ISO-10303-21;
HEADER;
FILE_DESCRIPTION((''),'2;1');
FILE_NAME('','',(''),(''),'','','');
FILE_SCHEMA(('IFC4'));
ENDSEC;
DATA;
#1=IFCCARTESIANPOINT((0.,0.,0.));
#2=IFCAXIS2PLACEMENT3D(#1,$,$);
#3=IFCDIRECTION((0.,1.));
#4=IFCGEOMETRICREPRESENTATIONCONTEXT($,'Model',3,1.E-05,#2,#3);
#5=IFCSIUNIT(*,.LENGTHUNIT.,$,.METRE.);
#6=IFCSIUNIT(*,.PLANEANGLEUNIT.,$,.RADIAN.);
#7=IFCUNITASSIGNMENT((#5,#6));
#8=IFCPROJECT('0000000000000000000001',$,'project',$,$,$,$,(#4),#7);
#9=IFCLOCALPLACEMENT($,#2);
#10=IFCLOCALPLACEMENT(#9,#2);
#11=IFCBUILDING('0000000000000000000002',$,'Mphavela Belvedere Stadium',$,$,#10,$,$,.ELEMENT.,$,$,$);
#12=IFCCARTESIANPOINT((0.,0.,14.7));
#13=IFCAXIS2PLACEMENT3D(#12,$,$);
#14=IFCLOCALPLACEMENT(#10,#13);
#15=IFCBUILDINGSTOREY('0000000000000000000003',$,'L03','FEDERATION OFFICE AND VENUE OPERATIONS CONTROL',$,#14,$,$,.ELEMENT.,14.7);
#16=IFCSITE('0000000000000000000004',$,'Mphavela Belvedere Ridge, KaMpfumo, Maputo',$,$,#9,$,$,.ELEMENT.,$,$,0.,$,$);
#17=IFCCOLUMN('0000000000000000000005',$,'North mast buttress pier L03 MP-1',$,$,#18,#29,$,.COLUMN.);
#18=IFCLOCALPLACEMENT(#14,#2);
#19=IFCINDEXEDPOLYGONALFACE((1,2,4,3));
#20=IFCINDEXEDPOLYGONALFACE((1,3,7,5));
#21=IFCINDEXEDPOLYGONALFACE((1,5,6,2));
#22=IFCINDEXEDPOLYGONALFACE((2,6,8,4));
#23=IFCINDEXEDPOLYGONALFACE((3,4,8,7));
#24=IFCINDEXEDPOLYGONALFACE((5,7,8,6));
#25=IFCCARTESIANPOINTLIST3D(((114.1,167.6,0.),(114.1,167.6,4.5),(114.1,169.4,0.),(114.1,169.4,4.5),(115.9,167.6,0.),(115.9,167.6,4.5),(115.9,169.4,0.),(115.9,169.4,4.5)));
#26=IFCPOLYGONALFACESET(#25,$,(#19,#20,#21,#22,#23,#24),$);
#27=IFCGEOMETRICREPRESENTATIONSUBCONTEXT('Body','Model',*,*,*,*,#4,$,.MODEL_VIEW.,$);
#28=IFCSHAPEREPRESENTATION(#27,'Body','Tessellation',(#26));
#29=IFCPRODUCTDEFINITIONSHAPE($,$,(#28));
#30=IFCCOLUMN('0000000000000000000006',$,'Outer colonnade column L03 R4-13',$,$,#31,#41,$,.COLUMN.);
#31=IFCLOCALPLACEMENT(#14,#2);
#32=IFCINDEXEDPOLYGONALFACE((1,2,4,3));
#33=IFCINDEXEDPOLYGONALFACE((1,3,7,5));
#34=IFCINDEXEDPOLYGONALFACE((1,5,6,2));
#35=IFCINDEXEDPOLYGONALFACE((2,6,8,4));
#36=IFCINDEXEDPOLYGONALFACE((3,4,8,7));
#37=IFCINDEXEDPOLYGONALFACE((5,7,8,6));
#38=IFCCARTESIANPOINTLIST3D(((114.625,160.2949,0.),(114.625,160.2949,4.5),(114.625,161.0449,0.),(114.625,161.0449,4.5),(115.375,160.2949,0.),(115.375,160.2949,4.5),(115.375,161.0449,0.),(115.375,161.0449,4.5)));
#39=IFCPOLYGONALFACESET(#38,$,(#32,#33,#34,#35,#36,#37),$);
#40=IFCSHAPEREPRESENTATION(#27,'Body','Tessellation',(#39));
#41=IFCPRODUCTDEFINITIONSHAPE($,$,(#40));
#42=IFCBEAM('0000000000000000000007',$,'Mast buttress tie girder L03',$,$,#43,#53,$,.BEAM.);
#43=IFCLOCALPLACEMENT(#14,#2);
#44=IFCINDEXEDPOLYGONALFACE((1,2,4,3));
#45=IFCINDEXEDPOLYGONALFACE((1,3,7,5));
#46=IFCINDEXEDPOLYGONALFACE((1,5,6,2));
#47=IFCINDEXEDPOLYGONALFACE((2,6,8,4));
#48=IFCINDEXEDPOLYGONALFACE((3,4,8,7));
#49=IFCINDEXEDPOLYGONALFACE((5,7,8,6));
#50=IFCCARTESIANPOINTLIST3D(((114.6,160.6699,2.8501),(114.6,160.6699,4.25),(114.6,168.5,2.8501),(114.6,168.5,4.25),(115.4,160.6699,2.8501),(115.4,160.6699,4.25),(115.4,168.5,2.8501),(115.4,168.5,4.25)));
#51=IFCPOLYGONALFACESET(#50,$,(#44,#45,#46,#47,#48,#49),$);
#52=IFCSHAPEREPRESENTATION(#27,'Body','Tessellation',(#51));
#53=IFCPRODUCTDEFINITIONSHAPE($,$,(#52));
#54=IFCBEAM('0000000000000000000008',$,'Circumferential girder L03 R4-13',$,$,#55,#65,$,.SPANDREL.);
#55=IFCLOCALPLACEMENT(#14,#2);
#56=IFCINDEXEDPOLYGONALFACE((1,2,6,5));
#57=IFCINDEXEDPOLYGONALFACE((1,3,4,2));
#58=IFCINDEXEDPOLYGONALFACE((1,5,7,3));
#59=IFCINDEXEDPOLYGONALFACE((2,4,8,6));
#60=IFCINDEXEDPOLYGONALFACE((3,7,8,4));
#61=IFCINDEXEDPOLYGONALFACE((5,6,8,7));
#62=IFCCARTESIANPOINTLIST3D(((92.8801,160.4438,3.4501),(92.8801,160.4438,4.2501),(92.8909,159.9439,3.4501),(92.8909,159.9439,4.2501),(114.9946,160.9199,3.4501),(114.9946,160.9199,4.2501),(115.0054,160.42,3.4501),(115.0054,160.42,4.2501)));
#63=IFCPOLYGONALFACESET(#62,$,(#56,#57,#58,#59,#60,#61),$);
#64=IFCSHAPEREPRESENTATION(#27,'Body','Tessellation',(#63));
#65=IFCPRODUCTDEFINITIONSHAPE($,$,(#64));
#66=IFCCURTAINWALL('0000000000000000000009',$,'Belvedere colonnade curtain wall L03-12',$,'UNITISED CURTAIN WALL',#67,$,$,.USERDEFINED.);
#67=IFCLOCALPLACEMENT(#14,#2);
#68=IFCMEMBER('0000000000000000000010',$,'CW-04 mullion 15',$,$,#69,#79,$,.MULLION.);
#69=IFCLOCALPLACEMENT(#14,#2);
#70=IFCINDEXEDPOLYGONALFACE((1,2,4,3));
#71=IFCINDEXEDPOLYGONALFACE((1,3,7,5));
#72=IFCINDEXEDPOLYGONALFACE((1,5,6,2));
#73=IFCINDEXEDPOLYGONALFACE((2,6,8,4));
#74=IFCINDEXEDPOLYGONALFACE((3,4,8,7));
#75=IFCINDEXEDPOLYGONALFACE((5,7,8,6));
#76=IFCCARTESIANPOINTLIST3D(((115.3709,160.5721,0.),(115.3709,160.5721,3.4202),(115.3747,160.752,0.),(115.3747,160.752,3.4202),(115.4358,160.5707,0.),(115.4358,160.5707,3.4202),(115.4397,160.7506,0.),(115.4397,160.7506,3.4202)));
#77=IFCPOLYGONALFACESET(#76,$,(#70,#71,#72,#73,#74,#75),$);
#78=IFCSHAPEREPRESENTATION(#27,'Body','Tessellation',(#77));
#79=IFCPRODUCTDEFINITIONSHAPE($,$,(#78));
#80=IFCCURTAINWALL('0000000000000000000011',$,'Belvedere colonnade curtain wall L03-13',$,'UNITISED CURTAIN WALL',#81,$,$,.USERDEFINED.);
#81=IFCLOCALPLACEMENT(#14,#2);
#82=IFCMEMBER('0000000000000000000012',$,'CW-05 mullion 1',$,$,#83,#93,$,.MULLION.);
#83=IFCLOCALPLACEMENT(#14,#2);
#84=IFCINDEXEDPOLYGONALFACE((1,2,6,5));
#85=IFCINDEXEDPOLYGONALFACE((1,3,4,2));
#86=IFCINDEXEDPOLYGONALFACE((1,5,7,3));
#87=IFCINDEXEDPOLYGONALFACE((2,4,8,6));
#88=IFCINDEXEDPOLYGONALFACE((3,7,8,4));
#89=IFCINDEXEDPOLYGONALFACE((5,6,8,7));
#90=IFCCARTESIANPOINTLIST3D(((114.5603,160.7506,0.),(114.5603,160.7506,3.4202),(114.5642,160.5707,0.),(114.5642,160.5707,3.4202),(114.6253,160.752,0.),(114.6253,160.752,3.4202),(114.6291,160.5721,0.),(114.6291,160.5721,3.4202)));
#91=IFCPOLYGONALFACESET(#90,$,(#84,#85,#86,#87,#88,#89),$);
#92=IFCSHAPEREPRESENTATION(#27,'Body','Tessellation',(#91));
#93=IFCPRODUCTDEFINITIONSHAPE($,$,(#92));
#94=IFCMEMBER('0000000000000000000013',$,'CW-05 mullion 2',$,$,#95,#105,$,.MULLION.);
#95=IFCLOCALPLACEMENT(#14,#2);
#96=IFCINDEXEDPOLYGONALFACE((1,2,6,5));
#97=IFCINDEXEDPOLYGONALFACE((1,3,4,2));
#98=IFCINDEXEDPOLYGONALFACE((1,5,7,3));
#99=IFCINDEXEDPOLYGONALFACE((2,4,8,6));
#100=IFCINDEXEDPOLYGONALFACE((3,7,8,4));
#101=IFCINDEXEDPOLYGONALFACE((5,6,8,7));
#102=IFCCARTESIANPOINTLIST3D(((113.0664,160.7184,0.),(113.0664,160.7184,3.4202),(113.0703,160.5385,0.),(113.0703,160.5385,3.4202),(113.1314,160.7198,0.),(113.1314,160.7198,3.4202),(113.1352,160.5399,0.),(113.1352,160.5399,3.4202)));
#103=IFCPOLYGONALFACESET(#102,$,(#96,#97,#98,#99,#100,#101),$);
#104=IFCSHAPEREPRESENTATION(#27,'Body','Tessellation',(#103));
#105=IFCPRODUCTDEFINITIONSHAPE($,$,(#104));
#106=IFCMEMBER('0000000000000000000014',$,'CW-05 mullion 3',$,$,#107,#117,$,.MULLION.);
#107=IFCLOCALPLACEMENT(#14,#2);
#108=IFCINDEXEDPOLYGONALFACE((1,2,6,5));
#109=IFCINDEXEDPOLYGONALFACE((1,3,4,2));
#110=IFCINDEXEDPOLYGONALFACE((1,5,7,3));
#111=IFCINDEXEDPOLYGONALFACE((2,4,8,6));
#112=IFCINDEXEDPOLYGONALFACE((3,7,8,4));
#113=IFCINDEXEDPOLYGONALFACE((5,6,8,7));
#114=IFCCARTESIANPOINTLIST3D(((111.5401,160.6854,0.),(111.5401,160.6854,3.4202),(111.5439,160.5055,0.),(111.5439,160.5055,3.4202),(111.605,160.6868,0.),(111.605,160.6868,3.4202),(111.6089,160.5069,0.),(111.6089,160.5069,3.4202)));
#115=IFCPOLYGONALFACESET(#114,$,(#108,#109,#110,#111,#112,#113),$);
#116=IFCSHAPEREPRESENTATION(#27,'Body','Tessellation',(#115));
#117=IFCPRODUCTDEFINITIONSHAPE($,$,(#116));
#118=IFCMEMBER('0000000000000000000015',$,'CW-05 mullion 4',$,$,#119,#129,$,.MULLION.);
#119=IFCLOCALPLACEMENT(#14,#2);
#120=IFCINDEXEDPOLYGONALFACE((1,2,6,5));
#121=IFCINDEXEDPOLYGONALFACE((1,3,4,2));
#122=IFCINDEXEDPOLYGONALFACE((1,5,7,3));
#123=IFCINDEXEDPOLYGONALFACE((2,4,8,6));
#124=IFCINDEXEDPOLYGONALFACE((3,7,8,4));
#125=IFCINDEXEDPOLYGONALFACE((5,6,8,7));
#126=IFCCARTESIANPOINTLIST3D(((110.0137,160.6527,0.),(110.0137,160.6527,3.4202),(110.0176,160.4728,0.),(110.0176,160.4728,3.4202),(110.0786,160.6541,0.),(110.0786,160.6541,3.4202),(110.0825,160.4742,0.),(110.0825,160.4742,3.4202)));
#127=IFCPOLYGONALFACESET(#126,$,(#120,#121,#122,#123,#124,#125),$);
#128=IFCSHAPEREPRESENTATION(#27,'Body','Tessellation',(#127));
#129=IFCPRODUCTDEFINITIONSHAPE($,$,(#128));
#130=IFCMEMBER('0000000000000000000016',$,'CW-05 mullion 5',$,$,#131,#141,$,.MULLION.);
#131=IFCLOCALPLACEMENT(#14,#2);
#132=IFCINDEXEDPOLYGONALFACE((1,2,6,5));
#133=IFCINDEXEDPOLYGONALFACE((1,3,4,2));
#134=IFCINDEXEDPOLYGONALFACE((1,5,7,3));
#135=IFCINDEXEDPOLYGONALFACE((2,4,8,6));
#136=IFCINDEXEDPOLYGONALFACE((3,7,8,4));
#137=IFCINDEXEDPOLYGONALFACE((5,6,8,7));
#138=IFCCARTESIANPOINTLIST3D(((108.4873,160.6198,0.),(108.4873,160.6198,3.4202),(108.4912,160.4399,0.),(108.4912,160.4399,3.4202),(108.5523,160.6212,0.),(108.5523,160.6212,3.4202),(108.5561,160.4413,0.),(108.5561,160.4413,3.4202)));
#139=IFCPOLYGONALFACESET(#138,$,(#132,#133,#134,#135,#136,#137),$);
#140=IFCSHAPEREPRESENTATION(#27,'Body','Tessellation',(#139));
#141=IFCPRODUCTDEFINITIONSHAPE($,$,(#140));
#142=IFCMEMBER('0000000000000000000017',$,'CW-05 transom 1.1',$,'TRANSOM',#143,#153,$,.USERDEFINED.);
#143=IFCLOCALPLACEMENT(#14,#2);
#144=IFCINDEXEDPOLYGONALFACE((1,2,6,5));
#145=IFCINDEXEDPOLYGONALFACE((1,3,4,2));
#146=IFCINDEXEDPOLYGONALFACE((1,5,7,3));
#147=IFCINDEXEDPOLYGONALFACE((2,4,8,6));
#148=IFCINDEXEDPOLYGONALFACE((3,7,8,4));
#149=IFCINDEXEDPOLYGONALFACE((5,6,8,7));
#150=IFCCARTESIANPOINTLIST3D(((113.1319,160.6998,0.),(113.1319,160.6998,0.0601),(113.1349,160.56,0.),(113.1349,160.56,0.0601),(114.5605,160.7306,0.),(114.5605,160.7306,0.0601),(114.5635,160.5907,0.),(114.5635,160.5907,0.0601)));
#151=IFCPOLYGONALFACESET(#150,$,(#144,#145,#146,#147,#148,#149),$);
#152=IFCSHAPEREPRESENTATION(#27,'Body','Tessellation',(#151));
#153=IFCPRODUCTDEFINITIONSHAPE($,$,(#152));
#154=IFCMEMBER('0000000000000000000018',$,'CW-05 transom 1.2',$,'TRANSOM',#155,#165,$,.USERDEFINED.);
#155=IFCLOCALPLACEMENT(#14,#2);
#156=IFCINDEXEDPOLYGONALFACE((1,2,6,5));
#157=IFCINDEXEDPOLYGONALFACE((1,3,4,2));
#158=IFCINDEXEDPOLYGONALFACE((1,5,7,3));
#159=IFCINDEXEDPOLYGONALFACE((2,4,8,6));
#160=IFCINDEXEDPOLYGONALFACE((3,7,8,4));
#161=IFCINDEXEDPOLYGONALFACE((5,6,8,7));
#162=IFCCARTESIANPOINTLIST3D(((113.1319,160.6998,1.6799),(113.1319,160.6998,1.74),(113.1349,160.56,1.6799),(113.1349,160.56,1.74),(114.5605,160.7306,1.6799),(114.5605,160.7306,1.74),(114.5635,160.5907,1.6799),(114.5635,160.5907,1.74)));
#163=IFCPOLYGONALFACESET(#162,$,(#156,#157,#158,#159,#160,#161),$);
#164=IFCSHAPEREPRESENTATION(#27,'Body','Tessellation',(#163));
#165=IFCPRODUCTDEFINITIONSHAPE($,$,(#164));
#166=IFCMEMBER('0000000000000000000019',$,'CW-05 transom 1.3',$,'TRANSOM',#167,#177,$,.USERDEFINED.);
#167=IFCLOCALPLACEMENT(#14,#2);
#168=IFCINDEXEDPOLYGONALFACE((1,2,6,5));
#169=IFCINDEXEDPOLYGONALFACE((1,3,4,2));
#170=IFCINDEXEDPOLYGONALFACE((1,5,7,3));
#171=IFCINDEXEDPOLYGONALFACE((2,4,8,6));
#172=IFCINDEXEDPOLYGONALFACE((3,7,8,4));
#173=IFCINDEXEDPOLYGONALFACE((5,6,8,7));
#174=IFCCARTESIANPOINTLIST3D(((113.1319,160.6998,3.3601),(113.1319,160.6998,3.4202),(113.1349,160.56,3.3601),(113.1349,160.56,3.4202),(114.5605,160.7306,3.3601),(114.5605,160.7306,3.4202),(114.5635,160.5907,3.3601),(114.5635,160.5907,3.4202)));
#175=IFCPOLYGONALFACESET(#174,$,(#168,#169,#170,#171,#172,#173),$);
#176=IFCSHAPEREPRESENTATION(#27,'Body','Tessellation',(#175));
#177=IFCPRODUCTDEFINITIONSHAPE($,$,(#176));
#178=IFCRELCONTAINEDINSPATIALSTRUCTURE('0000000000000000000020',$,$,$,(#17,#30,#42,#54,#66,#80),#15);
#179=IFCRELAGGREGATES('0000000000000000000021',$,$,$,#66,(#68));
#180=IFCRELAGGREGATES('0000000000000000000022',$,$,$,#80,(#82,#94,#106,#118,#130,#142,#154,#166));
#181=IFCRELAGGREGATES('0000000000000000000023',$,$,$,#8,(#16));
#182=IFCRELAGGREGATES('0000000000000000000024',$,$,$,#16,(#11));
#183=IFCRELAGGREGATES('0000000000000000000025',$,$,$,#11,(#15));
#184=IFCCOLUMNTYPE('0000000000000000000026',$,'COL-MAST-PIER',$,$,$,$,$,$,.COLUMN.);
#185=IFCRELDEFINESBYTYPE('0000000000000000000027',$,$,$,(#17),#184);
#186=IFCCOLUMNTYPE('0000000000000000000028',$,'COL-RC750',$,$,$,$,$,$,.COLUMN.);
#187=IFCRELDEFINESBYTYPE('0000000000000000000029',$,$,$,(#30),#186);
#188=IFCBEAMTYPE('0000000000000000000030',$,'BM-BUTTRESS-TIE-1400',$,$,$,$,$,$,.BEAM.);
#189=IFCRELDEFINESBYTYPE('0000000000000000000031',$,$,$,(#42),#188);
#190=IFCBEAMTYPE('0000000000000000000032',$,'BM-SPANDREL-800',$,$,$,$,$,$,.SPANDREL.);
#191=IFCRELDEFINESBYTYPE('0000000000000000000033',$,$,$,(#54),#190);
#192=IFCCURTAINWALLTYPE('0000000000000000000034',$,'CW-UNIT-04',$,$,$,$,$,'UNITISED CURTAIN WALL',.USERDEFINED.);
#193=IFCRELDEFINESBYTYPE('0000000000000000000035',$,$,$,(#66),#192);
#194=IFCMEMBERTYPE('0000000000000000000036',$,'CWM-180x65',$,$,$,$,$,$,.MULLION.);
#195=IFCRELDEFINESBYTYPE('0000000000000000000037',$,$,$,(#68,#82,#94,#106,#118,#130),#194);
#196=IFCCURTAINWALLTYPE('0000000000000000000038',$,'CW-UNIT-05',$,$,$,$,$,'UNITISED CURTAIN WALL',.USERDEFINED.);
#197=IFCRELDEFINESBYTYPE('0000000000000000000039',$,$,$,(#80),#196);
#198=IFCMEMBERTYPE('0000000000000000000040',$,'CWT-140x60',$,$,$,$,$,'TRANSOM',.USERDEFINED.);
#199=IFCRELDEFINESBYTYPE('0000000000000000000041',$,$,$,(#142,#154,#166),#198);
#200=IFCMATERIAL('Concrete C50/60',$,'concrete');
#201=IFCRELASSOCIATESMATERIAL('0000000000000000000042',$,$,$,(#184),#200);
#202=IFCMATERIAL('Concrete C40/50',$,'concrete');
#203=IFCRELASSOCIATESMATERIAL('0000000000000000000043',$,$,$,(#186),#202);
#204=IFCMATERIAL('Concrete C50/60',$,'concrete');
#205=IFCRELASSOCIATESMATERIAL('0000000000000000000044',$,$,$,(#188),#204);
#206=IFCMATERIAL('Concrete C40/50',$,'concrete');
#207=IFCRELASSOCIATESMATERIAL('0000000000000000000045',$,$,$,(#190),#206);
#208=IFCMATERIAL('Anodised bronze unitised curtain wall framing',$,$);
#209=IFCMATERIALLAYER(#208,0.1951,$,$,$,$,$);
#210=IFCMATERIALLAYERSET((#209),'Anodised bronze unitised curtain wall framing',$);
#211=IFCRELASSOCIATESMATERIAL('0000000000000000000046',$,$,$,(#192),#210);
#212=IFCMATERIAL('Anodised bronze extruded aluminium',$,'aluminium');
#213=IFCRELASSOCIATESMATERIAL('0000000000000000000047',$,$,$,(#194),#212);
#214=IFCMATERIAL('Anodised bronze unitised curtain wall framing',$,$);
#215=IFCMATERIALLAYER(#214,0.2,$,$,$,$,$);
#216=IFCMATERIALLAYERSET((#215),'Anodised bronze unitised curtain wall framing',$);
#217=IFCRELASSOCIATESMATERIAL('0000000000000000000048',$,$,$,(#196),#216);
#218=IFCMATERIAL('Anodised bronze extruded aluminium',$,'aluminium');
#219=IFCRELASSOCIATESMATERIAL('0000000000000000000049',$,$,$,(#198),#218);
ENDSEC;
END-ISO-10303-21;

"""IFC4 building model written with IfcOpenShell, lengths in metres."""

from ifc_helpers import new_model, si_unit, direction, frame, origin, origin_2d, place, context, subcontext, project, spatial, rectangle, extrude, material, layer, layer_set, material_profile, profile_set, type_object, element, aggregate, save


model = new_model("IFC4")

# Units and contexts
model_context = context("Model", 3, precision=1e-05, world=origin(), true_north=direction((0.0, 1.0)))
body_context = subcontext(model_context, "Body", "Model", "MODEL_VIEW")
ifc_project = project(units=[si_unit("LENGTHUNIT", "METRE"), si_unit("PLANEANGLEUNIT", "RADIAN")], contexts=[model_context])

# Site, building, storey
site_placement = place(None, origin())
site = spatial("IfcSite", under=ifc_project, at=site_placement, Name="Mphavela Belvedere Ridge, KaMpfumo, Maputo", CompositionType="ELEMENT", RefElevation=0.0)
building_placement = place(site_placement, origin())
building = spatial("IfcBuilding", under=site, at=building_placement, Name="Mphavela Belvedere Stadium", CompositionType="ELEMENT")
storey_placement = place(building_placement, frame((0.0, 0.0, 14.7)))
storey = spatial("IfcBuildingStorey", under=building, at=storey_placement, Name="L03", Description="FEDERATION OFFICE AND VENUE OPERATIONS CONTROL", CompositionType="ELEMENT", Elevation=14.7)

# Columns
ifc_material_1 = material(Name="Concrete C50/60", Category="concrete")
ifc_material_profile_1 = material_profile(ifc_material_1, rectangle(XDim=1.8, YDim=1.8, at=origin_2d()), Name="RC 1800x1800")
ifc_profile_set_1 = profile_set([ifc_material_profile_1], Name="Concrete C50/60")
column_type_1 = type_object("IfcColumnType", Name="COL-MAST-PIER", PredefinedType="COLUMN", material=ifc_profile_set_1)
column_1_placement = place(storey_placement, frame((115.0, 168.5, 0.0), z_axis=(0.0, 0.0, 1.0), x_axis=(1.0, 0.0, 0.0)))
element("IfcColumn", 1, at=column_1_placement, inside=storey, type_object=column_type_1, Name="North mast buttress pier L03 MP-1", PredefinedType="COLUMN", context=body_context, shape_type="SweptSolid", body=[
    extrude(rectangle(XDim=1.8, YDim=1.8, at=origin_2d()), origin(), (0.0, 0.0, 1.0), 4.5),
])
ifc_material_2 = material(Name="Concrete C40/50", Category="concrete")
ifc_material_profile_2 = material_profile(ifc_material_2, rectangle(XDim=0.75, YDim=0.75, at=origin_2d()), Name="RC 750x750")
ifc_profile_set_2 = profile_set([ifc_material_profile_2], Name="Concrete C40/50")
column_type_2 = type_object("IfcColumnType", Name="COL-RC750", PredefinedType="COLUMN", material=ifc_profile_set_2)
column_2_placement = place(storey_placement, frame((115.0, 160.6699, 0.0), z_axis=(0.0, 0.0, 1.0), x_axis=(0.0, 1.0, 0.0)))
element("IfcColumn", 2, at=column_2_placement, inside=storey, type_object=column_type_2, Name="Outer colonnade column L03 R4-13", PredefinedType="COLUMN", context=body_context, shape_type="SweptSolid", body=[
    extrude(rectangle(XDim=0.75, YDim=0.75, at=origin_2d()), origin(), (0.0, 0.0, 1.0), 4.5),
])

# Beams
ifc_material_3 = material(Name="Concrete C50/60", Category="concrete")
ifc_material_profile_3 = material_profile(ifc_material_3, rectangle(XDim=0.8, YDim=1.3999, at=origin_2d()), Name="RC 800x1400")
ifc_profile_set_3 = profile_set([ifc_material_profile_3], Name="Concrete C50/60")
beam_type_1 = type_object("IfcBeamType", Name="BM-BUTTRESS-TIE-1400", PredefinedType="BEAM", material=ifc_profile_set_3)
beam_1_placement = place(storey_placement, frame((115.0, 160.6699, 3.55), z_axis=(0.0, 1.0, 0.0), x_axis=(-1.0, 0.0, 0.0)))
element("IfcBeam", 3, at=beam_1_placement, inside=storey, type_object=beam_type_1, Name="Mast buttress tie girder L03", PredefinedType="BEAM", context=body_context, shape_type="SweptSolid", body=[
    extrude(rectangle(XDim=0.8, YDim=1.3999, at=origin_2d()), origin(), (0.0, 0.0, 1.0), 7.8301),
])
ifc_material_4 = material(Name="Concrete C40/50", Category="concrete")
ifc_material_profile_4 = material_profile(ifc_material_4, rectangle(XDim=0.5, YDim=0.8, at=origin_2d()), Name="RC 500x800")
ifc_profile_set_4 = profile_set([ifc_material_profile_4], Name="Concrete C40/50")
beam_type_2 = type_object("IfcBeamType", Name="BM-SPANDREL-800", PredefinedType="SPANDREL", material=ifc_profile_set_4)
beam_2_placement = place(storey_placement, frame((115.0, 160.6699, 3.8501), z_axis=(-0.999768, -0.021523, 0.0), x_axis=(0.021523, -0.999768, 0.0)))
element("IfcBeam", 4, at=beam_2_placement, inside=storey, type_object=beam_type_2, Name="Circumferential girder L03 R4-13", PredefinedType="SPANDREL", context=body_context, shape_type="SweptSolid", body=[
    extrude(rectangle(XDim=0.5, YDim=0.8, at=origin_2d()), origin(), (0.0, 0.0, 1.0), 22.1196),
])

# Curtain wall, member
ifc_material_5 = material(Name="Anodised bronze unitised curtain wall framing")
ifc_layer_1 = layer(ifc_material_5, 0.1951)
ifc_layer_set_1 = layer_set([ifc_layer_1], Name="Anodised bronze unitised curtain wall framing")
curtain_wall_type_1 = type_object("IfcCurtainWallType", Name="CW-UNIT-04", ElementType="UNITISED CURTAIN WALL", PredefinedType="USERDEFINED", material=ifc_layer_set_1)
curtain_wall_1_placement = place(storey_placement, origin())
curtain_wall_1 = element("IfcCurtainWall", 5, at=curtain_wall_1_placement, inside=storey, type_object=curtain_wall_type_1, Name="Belvedere colonnade curtain wall L03-12", ObjectType="UNITISED CURTAIN WALL", PredefinedType="USERDEFINED")
ifc_material_6 = material(Name="Anodised bronze extruded aluminium", Category="aluminium")
ifc_material_profile_5 = material_profile(ifc_material_6, rectangle(XDim=0.1799, YDim=0.0649, at=origin_2d()), Name="CW-MUL 180x65")
ifc_profile_set_5 = profile_set([ifc_material_profile_5], Name="Anodised bronze extruded aluminium")
member_type_1 = type_object("IfcMemberType", Name="CWM-180x65", PredefinedType="MULLION", material=ifc_profile_set_5)
member_1_placement = place(storey_placement, frame((115.4053, 160.6614, 0.0), z_axis=(0.0, 0.0, 1.0), x_axis=(-0.021531, -0.999768, 0.0)))
member_1 = element("IfcMember", 6, at=member_1_placement, type_object=member_type_1, Name="CW-04 mullion 15", PredefinedType="MULLION", context=body_context, shape_type="SweptSolid", body=[
    extrude(rectangle(XDim=0.1799, YDim=0.0649, at=origin_2d()), origin(), (0.0, 0.0, 1.0), 3.4202),
])

# Curtain wall, members
ifc_material_7 = material(Name="Anodised bronze unitised curtain wall framing")
ifc_layer_2 = layer(ifc_material_7, 0.2)
ifc_layer_set_2 = layer_set([ifc_layer_2], Name="Anodised bronze unitised curtain wall framing")
curtain_wall_type_2 = type_object("IfcCurtainWallType", Name="CW-UNIT-05", ElementType="UNITISED CURTAIN WALL", PredefinedType="USERDEFINED", material=ifc_layer_set_2)
curtain_wall_2_placement = place(storey_placement, origin())
curtain_wall_2 = element("IfcCurtainWall", 7, at=curtain_wall_2_placement, inside=storey, type_object=curtain_wall_type_2, Name="Belvedere colonnade curtain wall L03-13", ObjectType="UNITISED CURTAIN WALL", PredefinedType="USERDEFINED")
member_2_placement = place(storey_placement, frame((114.5947, 160.6614, 0.0), z_axis=(0.0, 0.0, 1.0), x_axis=(0.021531, -0.999768, 0.0)))
member_2 = element("IfcMember", 8, at=member_2_placement, type_object=member_type_1, Name="CW-05 mullion 1", PredefinedType="MULLION", context=body_context, shape_type="SweptSolid", body=[
    extrude(rectangle(XDim=0.1799, YDim=0.0649, at=origin_2d()), origin(), (0.0, 0.0, 1.0), 3.4202),
])
member_3_placement = place(storey_placement, frame((113.1008, 160.6292, 0.0), z_axis=(0.0, 0.0, 1.0), x_axis=(0.021531, -0.999768, 0.0)))
member_3 = element("IfcMember", 9, at=member_3_placement, type_object=member_type_1, Name="CW-05 mullion 2", PredefinedType="MULLION", context=body_context, shape_type="SweptSolid", body=[
    extrude(rectangle(XDim=0.1799, YDim=0.0649, at=origin_2d()), origin(), (0.0, 0.0, 1.0), 3.4202),
])
member_4_placement = place(storey_placement, frame((111.5745, 160.5962, 0.0), z_axis=(0.0, 0.0, 1.0), x_axis=(0.021531, -0.999768, 0.0)))
member_4 = element("IfcMember", 10, at=member_4_placement, type_object=member_type_1, Name="CW-05 mullion 3", PredefinedType="MULLION", context=body_context, shape_type="SweptSolid", body=[
    extrude(rectangle(XDim=0.1799, YDim=0.0649, at=origin_2d()), origin(), (0.0, 0.0, 1.0), 3.4202),
])
member_5_placement = place(storey_placement, frame((110.0481, 160.5635, 0.0), z_axis=(0.0, 0.0, 1.0), x_axis=(0.021531, -0.999768, 0.0)))
member_5 = element("IfcMember", 11, at=member_5_placement, type_object=member_type_1, Name="CW-05 mullion 4", PredefinedType="MULLION", context=body_context, shape_type="SweptSolid", body=[
    extrude(rectangle(XDim=0.1799, YDim=0.0649, at=origin_2d()), origin(), (0.0, 0.0, 1.0), 3.4202),
])
member_6_placement = place(storey_placement, frame((108.5217, 160.5305, 0.0), z_axis=(0.0, 0.0, 1.0), x_axis=(0.021531, -0.999768, 0.0)))
member_6 = element("IfcMember", 12, at=member_6_placement, type_object=member_type_1, Name="CW-05 mullion 5", PredefinedType="MULLION", context=body_context, shape_type="SweptSolid", body=[
    extrude(rectangle(XDim=0.1799, YDim=0.0649, at=origin_2d()), origin(), (0.0, 0.0, 1.0), 3.4202),
])
ifc_material_8 = material(Name="Anodised bronze extruded aluminium", Category="aluminium")
ifc_material_profile_6 = material_profile(ifc_material_8, rectangle(XDim=0.1399, YDim=0.0601, at=origin_2d()), Name="CW-TRN 140x60")
ifc_profile_set_6 = profile_set([ifc_material_profile_6], Name="Anodised bronze extruded aluminium")
member_type_2 = type_object("IfcMemberType", Name="CWT-140x60", ElementType="TRANSOM", PredefinedType="USERDEFINED", material=ifc_profile_set_6)
member_7_placement = place(storey_placement, frame((114.562, 160.6606, 0.03), z_axis=(-0.999768, -0.021526, 0.0), x_axis=(0.021526, -0.999768, 0.0)))
member_7 = element("IfcMember", 13, at=member_7_placement, type_object=member_type_2, Name="CW-05 transom 1.1", ObjectType="TRANSOM", PredefinedType="USERDEFINED", context=body_context, shape_type="SweptSolid", body=[
    extrude(rectangle(XDim=0.1399, YDim=0.0601, at=origin_2d()), origin(), (0.0, 0.0, 1.0), 1.429),
])
member_8_placement = place(storey_placement, frame((114.562, 160.6606, 1.71), z_axis=(-0.999768, -0.021526, 0.0), x_axis=(0.021526, -0.999768, 0.0)))
member_8 = element("IfcMember", 14, at=member_8_placement, type_object=member_type_2, Name="CW-05 transom 1.2", ObjectType="TRANSOM", PredefinedType="USERDEFINED", context=body_context, shape_type="SweptSolid", body=[
    extrude(rectangle(XDim=0.1399, YDim=0.0601, at=origin_2d()), origin(), (0.0, 0.0, 1.0), 1.429),
])
member_9_placement = place(storey_placement, frame((114.562, 160.6606, 3.3901), z_axis=(-0.999768, -0.021526, 0.0), x_axis=(0.021526, -0.999768, 0.0)))
member_9 = element("IfcMember", 15, at=member_9_placement, type_object=member_type_2, Name="CW-05 transom 1.3", ObjectType="TRANSOM", PredefinedType="USERDEFINED", context=body_context, shape_type="SweptSolid", body=[
    extrude(rectangle(XDim=0.1399, YDim=0.0601, at=origin_2d()), origin(), (0.0, 0.0, 1.0), 1.429),
])

aggregate(curtain_wall_1, [member_1])
aggregate(curtain_wall_2, [member_2, member_3, member_4, member_5, member_6, member_7, member_8, member_9])

save(model, "model.ifc")
